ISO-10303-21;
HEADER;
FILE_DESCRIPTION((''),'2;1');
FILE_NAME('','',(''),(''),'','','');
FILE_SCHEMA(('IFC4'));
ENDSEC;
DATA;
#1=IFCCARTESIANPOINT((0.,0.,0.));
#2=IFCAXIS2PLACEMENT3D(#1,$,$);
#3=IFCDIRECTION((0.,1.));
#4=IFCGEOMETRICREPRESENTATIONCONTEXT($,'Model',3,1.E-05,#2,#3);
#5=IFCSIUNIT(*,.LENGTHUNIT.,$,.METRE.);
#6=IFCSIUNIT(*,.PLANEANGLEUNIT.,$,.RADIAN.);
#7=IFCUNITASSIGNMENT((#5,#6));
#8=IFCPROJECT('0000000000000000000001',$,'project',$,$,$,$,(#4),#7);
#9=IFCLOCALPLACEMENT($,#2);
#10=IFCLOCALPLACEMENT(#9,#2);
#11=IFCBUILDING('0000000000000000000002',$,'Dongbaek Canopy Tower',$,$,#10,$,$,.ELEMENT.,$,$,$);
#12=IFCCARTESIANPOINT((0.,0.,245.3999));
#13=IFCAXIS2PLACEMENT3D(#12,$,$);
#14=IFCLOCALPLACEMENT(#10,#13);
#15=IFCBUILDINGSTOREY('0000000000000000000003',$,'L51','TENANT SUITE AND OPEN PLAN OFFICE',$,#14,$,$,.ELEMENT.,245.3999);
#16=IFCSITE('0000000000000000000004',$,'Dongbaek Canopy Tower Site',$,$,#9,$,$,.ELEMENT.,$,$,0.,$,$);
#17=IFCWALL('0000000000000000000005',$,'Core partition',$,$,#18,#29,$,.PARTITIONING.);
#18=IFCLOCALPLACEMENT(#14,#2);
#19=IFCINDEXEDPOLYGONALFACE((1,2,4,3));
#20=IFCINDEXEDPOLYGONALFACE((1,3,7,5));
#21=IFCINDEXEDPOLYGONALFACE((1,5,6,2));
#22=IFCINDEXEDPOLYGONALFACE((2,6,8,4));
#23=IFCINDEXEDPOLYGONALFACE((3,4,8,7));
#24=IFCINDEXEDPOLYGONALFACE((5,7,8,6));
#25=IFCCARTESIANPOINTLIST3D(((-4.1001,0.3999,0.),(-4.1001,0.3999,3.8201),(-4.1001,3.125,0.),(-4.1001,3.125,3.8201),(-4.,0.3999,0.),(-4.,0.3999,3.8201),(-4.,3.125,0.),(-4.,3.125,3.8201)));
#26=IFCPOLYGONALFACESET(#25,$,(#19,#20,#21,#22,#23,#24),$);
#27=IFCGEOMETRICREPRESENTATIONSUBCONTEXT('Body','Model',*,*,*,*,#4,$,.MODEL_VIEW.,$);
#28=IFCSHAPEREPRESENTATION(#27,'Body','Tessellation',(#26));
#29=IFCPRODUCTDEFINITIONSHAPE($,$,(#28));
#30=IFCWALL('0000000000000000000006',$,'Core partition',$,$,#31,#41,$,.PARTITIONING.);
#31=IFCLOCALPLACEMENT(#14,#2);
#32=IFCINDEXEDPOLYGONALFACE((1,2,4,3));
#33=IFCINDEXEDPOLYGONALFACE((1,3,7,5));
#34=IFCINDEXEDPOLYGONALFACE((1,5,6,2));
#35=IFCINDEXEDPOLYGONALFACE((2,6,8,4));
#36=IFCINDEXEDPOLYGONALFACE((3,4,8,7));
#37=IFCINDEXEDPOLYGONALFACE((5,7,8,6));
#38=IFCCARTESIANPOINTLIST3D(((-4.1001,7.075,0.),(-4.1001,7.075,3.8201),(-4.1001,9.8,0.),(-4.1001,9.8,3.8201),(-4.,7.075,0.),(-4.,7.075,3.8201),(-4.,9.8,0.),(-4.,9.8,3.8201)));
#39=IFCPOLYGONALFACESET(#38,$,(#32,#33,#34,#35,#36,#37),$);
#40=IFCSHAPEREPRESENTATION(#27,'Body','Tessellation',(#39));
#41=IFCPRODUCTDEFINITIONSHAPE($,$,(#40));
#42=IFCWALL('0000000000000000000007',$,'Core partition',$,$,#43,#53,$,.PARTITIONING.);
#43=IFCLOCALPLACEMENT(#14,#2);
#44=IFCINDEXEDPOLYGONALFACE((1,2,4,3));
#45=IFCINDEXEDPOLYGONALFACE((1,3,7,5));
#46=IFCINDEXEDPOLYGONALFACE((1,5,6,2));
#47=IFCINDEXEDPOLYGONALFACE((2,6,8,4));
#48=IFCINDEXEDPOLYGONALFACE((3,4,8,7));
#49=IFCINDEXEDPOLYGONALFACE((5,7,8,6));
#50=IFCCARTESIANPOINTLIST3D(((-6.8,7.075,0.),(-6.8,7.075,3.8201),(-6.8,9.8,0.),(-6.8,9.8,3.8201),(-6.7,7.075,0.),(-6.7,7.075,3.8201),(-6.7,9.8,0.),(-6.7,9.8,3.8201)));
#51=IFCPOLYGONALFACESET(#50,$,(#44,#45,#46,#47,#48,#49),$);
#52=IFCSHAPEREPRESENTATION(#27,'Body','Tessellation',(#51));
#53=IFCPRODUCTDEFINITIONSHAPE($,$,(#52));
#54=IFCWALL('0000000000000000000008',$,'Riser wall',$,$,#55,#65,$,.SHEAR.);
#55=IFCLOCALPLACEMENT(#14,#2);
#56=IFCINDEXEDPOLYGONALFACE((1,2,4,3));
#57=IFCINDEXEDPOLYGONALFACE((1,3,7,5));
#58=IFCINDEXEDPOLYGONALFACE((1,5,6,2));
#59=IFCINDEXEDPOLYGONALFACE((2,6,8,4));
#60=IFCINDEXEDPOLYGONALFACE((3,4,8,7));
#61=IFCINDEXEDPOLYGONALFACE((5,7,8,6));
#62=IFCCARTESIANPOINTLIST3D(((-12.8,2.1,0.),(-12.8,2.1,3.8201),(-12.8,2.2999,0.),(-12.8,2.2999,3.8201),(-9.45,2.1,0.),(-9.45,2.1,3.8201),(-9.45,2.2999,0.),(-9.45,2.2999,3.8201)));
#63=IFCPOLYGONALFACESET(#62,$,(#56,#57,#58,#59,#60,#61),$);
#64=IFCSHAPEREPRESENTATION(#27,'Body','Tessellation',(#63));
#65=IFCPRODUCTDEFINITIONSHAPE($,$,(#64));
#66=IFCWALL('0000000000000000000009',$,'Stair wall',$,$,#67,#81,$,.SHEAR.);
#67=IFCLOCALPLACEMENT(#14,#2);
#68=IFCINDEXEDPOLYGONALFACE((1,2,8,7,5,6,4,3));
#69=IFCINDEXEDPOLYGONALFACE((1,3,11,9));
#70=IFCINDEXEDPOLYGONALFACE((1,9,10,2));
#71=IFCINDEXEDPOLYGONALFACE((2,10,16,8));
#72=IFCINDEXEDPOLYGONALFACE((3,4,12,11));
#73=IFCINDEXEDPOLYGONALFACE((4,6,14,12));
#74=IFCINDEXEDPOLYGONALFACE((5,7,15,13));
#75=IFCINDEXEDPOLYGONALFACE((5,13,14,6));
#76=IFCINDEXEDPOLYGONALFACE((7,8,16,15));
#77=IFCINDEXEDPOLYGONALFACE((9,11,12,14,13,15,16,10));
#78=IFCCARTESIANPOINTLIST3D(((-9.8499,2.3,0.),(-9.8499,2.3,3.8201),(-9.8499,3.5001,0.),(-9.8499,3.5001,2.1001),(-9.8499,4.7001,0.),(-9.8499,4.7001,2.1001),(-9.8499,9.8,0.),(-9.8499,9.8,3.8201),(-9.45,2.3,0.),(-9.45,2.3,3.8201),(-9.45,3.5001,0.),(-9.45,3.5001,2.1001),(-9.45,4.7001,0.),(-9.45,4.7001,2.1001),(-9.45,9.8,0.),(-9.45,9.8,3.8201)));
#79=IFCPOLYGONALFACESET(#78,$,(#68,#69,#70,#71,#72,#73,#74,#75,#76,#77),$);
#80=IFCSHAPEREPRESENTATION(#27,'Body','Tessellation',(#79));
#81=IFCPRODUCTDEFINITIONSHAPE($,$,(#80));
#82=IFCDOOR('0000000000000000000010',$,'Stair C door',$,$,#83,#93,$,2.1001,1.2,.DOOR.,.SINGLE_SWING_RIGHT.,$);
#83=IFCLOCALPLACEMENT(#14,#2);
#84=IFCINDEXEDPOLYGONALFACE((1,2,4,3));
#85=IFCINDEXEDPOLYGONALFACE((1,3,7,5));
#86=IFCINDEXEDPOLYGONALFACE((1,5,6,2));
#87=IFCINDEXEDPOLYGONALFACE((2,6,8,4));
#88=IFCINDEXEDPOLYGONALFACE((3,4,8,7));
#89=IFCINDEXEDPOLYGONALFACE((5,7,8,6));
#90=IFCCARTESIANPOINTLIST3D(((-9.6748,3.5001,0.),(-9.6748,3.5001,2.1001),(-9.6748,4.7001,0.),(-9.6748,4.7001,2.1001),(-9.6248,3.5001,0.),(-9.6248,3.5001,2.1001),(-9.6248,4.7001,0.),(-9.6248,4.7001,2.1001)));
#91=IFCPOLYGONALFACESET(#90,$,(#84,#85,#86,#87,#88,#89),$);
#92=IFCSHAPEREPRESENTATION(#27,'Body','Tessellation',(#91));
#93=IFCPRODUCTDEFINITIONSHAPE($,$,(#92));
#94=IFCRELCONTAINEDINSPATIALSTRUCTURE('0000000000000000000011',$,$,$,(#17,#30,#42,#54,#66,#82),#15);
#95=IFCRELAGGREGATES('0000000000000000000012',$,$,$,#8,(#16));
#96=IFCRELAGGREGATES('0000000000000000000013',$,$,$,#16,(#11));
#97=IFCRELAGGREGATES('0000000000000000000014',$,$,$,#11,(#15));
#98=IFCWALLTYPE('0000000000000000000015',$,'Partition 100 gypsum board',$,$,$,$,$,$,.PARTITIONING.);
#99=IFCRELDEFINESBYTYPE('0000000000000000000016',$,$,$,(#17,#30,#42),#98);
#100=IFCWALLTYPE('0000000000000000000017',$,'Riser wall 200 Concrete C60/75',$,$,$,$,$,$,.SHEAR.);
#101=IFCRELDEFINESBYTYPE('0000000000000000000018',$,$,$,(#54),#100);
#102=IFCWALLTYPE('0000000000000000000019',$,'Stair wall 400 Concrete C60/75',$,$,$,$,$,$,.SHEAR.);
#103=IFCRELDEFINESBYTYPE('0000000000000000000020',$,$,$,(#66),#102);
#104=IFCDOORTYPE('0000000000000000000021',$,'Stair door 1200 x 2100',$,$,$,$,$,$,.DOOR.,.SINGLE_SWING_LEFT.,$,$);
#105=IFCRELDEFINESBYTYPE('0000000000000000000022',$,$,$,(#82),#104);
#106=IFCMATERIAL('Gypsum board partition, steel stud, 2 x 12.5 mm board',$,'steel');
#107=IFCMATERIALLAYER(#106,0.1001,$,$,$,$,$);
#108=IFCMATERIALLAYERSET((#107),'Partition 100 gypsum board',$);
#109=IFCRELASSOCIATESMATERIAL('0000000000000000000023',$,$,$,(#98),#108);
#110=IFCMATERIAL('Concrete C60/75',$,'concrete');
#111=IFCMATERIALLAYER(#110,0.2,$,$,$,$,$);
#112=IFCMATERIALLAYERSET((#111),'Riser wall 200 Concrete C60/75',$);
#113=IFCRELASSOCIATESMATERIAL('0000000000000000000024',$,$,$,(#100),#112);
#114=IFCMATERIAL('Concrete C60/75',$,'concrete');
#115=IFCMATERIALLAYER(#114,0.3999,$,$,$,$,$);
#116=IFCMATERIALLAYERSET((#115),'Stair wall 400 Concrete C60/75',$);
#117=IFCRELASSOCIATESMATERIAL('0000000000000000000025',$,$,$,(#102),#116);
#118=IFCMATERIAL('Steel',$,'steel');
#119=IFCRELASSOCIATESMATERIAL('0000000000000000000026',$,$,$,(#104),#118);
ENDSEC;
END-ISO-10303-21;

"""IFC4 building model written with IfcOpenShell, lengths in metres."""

from ifc_helpers import new_model, si_unit, direction, frame, frame_2d, origin, place, context, subcontext, project, spatial, rectangle, extrude, material, layer, layer_set, type_object, element, fill, save


model = new_model("IFC4")

# Units and contexts
model_context = context("Model", 3, precision=1e-05, world=origin(), true_north=direction((0.0, 1.0)))
body_context = subcontext(model_context, "Body", "Model", "MODEL_VIEW")
ifc_project = project(units=[si_unit("LENGTHUNIT", "METRE"), si_unit("PLANEANGLEUNIT", "RADIAN")], contexts=[model_context])

# Site, building, storey
site_placement = place(None, origin())
site = spatial("IfcSite", under=ifc_project, at=site_placement, Name="Dongbaek Canopy Tower Site", CompositionType="ELEMENT", RefElevation=0.0)
building_placement = place(site_placement, origin())
building = spatial("IfcBuilding", under=site, at=building_placement, Name="Dongbaek Canopy Tower", CompositionType="ELEMENT")
storey_placement = place(building_placement, frame((0.0, 0.0, 245.3999)))
storey = spatial("IfcBuildingStorey", under=building, at=storey_placement, Name="L51", Description="TENANT SUITE AND OPEN PLAN OFFICE", CompositionType="ELEMENT", Elevation=245.3999)

# Walls
ifc_material_1 = material(Name="Gypsum board partition, steel stud, 2 x 12.5 mm board", Category="steel")
ifc_layer_1 = layer(ifc_material_1, 0.1001)
ifc_layer_set_1 = layer_set([ifc_layer_1], Name="Partition 100 gypsum board")
wall_type_1 = type_object("IfcWallType", Name="Partition 100 gypsum board", PredefinedType="PARTITIONING", material=ifc_layer_set_1)
for number, where, z_axis, x_axis, name in (
    (1, (-4.05, 0.3999, 0.0), (0.0, 0.0, 1.0), (0.0, 1.0, 0.0), "Core partition"),
    (2, (-4.05, 7.075, 0.0), (0.0, 0.0, 1.0), (0.0, 1.0, 0.0), "Core partition"),
    (3, (-6.75, 7.075, 0.0), (0.0, 0.0, 1.0), (0.0, 1.0, 0.0), "Core partition"),
):
    element("IfcWall", number, at=place(storey_placement, frame(where, z_axis=z_axis, x_axis=x_axis)), inside=storey, type_object=wall_type_1, Name=name, PredefinedType="PARTITIONING", context=body_context, shape_type="SweptSolid", body=[
        extrude(rectangle(XDim=2.7251, YDim=0.1001, at=frame_2d((1.3625, 0.0))), origin(), (0.0, 0.0, 1.0), 3.8201),
    ])
ifc_material_2 = material(Name="Concrete C60/75", Category="concrete")
ifc_layer_2 = layer(ifc_material_2, 0.2)
ifc_layer_set_2 = layer_set([ifc_layer_2], Name="Riser wall 200 Concrete C60/75")
wall_type_2 = type_object("IfcWallType", Name="Riser wall 200 Concrete C60/75", PredefinedType="SHEAR", material=ifc_layer_set_2)
wall_1_placement = place(storey_placement, frame((-9.45, 2.2, 0.0), z_axis=(0.0, 0.0, 1.0), x_axis=(-1.0, 0.0, 0.0)))
element("IfcWall", 4, at=wall_1_placement, inside=storey, type_object=wall_type_2, Name="Riser wall", PredefinedType="SHEAR", context=body_context, shape_type="SweptSolid", body=[
    extrude(rectangle(XDim=3.3501, YDim=0.2, at=frame_2d((1.675, 0.0))), origin(), (0.0, 0.0, 1.0), 3.8201),
])

# Wall, opening, door
ifc_material_3 = material(Name="Concrete C60/75", Category="concrete")
ifc_layer_3 = layer(ifc_material_3, 0.3999)
ifc_layer_set_3 = layer_set([ifc_layer_3], Name="Stair wall 400 Concrete C60/75")
wall_type_3 = type_object("IfcWallType", Name="Stair wall 400 Concrete C60/75", PredefinedType="SHEAR", material=ifc_layer_set_3)
wall_2_placement = place(storey_placement, frame((-9.6499, 2.3, 0.0), z_axis=(0.0, 0.0, 1.0), x_axis=(0.0, 1.0, 0.0)))
wall_2 = element("IfcWall", 5, at=wall_2_placement, inside=storey, type_object=wall_type_3, Name="Stair wall", PredefinedType="SHEAR", context=body_context, shape_type="SweptSolid", body=[
    extrude(rectangle(XDim=7.5, YDim=0.3999, at=frame_2d((3.75, 0.0))), origin(), (0.0, 0.0, 1.0), 3.8201),
])
opening_1_placement = place(wall_2_placement, frame((1.2, 0.0, 0.0)))
opening_1 = element("IfcOpeningElement", 6, at=opening_1_placement, cuts=wall_2, PredefinedType="OPENING", context=body_context, shape_type="SweptSolid", body=[
    extrude(rectangle(XDim=1.2, YDim=2.1001, at=frame_2d((0.6001, 1.05))), frame((0.0, 0.21, 0.0), z_axis=(0.0, -1.0, 0.0), x_axis=(1.0, 0.0, 0.0)), (0.0, 0.0, 1.0), 0.4199),
])
ifc_material_4 = material(Name="Steel", Category="steel")
door_type_1 = type_object("IfcDoorType", Name="Stair door 1200 x 2100", OperationType="SINGLE_SWING_LEFT", PredefinedType="DOOR", material=ifc_material_4)
door_1_placement = place(opening_1_placement, origin())
door_1 = element("IfcDoor", 7, at=door_1_placement, inside=storey, type_object=door_type_1, Name="Stair C door", OperationType="SINGLE_SWING_RIGHT", OverallHeight=2.1001, OverallWidth=1.2, PredefinedType="DOOR", context=body_context, shape_type="SweptSolid", body=[
    extrude(rectangle(XDim=1.2, YDim=2.1001, at=frame_2d((0.6001, 1.05))), frame((0.0, 0.0249, 0.0), z_axis=(0.0, -1.0, 0.0), x_axis=(1.0, 0.0, 0.0)), (0.0, 0.0, 1.0), 0.05),
])
fill(opening_1, door_1)

save(model, "model.ifc")
